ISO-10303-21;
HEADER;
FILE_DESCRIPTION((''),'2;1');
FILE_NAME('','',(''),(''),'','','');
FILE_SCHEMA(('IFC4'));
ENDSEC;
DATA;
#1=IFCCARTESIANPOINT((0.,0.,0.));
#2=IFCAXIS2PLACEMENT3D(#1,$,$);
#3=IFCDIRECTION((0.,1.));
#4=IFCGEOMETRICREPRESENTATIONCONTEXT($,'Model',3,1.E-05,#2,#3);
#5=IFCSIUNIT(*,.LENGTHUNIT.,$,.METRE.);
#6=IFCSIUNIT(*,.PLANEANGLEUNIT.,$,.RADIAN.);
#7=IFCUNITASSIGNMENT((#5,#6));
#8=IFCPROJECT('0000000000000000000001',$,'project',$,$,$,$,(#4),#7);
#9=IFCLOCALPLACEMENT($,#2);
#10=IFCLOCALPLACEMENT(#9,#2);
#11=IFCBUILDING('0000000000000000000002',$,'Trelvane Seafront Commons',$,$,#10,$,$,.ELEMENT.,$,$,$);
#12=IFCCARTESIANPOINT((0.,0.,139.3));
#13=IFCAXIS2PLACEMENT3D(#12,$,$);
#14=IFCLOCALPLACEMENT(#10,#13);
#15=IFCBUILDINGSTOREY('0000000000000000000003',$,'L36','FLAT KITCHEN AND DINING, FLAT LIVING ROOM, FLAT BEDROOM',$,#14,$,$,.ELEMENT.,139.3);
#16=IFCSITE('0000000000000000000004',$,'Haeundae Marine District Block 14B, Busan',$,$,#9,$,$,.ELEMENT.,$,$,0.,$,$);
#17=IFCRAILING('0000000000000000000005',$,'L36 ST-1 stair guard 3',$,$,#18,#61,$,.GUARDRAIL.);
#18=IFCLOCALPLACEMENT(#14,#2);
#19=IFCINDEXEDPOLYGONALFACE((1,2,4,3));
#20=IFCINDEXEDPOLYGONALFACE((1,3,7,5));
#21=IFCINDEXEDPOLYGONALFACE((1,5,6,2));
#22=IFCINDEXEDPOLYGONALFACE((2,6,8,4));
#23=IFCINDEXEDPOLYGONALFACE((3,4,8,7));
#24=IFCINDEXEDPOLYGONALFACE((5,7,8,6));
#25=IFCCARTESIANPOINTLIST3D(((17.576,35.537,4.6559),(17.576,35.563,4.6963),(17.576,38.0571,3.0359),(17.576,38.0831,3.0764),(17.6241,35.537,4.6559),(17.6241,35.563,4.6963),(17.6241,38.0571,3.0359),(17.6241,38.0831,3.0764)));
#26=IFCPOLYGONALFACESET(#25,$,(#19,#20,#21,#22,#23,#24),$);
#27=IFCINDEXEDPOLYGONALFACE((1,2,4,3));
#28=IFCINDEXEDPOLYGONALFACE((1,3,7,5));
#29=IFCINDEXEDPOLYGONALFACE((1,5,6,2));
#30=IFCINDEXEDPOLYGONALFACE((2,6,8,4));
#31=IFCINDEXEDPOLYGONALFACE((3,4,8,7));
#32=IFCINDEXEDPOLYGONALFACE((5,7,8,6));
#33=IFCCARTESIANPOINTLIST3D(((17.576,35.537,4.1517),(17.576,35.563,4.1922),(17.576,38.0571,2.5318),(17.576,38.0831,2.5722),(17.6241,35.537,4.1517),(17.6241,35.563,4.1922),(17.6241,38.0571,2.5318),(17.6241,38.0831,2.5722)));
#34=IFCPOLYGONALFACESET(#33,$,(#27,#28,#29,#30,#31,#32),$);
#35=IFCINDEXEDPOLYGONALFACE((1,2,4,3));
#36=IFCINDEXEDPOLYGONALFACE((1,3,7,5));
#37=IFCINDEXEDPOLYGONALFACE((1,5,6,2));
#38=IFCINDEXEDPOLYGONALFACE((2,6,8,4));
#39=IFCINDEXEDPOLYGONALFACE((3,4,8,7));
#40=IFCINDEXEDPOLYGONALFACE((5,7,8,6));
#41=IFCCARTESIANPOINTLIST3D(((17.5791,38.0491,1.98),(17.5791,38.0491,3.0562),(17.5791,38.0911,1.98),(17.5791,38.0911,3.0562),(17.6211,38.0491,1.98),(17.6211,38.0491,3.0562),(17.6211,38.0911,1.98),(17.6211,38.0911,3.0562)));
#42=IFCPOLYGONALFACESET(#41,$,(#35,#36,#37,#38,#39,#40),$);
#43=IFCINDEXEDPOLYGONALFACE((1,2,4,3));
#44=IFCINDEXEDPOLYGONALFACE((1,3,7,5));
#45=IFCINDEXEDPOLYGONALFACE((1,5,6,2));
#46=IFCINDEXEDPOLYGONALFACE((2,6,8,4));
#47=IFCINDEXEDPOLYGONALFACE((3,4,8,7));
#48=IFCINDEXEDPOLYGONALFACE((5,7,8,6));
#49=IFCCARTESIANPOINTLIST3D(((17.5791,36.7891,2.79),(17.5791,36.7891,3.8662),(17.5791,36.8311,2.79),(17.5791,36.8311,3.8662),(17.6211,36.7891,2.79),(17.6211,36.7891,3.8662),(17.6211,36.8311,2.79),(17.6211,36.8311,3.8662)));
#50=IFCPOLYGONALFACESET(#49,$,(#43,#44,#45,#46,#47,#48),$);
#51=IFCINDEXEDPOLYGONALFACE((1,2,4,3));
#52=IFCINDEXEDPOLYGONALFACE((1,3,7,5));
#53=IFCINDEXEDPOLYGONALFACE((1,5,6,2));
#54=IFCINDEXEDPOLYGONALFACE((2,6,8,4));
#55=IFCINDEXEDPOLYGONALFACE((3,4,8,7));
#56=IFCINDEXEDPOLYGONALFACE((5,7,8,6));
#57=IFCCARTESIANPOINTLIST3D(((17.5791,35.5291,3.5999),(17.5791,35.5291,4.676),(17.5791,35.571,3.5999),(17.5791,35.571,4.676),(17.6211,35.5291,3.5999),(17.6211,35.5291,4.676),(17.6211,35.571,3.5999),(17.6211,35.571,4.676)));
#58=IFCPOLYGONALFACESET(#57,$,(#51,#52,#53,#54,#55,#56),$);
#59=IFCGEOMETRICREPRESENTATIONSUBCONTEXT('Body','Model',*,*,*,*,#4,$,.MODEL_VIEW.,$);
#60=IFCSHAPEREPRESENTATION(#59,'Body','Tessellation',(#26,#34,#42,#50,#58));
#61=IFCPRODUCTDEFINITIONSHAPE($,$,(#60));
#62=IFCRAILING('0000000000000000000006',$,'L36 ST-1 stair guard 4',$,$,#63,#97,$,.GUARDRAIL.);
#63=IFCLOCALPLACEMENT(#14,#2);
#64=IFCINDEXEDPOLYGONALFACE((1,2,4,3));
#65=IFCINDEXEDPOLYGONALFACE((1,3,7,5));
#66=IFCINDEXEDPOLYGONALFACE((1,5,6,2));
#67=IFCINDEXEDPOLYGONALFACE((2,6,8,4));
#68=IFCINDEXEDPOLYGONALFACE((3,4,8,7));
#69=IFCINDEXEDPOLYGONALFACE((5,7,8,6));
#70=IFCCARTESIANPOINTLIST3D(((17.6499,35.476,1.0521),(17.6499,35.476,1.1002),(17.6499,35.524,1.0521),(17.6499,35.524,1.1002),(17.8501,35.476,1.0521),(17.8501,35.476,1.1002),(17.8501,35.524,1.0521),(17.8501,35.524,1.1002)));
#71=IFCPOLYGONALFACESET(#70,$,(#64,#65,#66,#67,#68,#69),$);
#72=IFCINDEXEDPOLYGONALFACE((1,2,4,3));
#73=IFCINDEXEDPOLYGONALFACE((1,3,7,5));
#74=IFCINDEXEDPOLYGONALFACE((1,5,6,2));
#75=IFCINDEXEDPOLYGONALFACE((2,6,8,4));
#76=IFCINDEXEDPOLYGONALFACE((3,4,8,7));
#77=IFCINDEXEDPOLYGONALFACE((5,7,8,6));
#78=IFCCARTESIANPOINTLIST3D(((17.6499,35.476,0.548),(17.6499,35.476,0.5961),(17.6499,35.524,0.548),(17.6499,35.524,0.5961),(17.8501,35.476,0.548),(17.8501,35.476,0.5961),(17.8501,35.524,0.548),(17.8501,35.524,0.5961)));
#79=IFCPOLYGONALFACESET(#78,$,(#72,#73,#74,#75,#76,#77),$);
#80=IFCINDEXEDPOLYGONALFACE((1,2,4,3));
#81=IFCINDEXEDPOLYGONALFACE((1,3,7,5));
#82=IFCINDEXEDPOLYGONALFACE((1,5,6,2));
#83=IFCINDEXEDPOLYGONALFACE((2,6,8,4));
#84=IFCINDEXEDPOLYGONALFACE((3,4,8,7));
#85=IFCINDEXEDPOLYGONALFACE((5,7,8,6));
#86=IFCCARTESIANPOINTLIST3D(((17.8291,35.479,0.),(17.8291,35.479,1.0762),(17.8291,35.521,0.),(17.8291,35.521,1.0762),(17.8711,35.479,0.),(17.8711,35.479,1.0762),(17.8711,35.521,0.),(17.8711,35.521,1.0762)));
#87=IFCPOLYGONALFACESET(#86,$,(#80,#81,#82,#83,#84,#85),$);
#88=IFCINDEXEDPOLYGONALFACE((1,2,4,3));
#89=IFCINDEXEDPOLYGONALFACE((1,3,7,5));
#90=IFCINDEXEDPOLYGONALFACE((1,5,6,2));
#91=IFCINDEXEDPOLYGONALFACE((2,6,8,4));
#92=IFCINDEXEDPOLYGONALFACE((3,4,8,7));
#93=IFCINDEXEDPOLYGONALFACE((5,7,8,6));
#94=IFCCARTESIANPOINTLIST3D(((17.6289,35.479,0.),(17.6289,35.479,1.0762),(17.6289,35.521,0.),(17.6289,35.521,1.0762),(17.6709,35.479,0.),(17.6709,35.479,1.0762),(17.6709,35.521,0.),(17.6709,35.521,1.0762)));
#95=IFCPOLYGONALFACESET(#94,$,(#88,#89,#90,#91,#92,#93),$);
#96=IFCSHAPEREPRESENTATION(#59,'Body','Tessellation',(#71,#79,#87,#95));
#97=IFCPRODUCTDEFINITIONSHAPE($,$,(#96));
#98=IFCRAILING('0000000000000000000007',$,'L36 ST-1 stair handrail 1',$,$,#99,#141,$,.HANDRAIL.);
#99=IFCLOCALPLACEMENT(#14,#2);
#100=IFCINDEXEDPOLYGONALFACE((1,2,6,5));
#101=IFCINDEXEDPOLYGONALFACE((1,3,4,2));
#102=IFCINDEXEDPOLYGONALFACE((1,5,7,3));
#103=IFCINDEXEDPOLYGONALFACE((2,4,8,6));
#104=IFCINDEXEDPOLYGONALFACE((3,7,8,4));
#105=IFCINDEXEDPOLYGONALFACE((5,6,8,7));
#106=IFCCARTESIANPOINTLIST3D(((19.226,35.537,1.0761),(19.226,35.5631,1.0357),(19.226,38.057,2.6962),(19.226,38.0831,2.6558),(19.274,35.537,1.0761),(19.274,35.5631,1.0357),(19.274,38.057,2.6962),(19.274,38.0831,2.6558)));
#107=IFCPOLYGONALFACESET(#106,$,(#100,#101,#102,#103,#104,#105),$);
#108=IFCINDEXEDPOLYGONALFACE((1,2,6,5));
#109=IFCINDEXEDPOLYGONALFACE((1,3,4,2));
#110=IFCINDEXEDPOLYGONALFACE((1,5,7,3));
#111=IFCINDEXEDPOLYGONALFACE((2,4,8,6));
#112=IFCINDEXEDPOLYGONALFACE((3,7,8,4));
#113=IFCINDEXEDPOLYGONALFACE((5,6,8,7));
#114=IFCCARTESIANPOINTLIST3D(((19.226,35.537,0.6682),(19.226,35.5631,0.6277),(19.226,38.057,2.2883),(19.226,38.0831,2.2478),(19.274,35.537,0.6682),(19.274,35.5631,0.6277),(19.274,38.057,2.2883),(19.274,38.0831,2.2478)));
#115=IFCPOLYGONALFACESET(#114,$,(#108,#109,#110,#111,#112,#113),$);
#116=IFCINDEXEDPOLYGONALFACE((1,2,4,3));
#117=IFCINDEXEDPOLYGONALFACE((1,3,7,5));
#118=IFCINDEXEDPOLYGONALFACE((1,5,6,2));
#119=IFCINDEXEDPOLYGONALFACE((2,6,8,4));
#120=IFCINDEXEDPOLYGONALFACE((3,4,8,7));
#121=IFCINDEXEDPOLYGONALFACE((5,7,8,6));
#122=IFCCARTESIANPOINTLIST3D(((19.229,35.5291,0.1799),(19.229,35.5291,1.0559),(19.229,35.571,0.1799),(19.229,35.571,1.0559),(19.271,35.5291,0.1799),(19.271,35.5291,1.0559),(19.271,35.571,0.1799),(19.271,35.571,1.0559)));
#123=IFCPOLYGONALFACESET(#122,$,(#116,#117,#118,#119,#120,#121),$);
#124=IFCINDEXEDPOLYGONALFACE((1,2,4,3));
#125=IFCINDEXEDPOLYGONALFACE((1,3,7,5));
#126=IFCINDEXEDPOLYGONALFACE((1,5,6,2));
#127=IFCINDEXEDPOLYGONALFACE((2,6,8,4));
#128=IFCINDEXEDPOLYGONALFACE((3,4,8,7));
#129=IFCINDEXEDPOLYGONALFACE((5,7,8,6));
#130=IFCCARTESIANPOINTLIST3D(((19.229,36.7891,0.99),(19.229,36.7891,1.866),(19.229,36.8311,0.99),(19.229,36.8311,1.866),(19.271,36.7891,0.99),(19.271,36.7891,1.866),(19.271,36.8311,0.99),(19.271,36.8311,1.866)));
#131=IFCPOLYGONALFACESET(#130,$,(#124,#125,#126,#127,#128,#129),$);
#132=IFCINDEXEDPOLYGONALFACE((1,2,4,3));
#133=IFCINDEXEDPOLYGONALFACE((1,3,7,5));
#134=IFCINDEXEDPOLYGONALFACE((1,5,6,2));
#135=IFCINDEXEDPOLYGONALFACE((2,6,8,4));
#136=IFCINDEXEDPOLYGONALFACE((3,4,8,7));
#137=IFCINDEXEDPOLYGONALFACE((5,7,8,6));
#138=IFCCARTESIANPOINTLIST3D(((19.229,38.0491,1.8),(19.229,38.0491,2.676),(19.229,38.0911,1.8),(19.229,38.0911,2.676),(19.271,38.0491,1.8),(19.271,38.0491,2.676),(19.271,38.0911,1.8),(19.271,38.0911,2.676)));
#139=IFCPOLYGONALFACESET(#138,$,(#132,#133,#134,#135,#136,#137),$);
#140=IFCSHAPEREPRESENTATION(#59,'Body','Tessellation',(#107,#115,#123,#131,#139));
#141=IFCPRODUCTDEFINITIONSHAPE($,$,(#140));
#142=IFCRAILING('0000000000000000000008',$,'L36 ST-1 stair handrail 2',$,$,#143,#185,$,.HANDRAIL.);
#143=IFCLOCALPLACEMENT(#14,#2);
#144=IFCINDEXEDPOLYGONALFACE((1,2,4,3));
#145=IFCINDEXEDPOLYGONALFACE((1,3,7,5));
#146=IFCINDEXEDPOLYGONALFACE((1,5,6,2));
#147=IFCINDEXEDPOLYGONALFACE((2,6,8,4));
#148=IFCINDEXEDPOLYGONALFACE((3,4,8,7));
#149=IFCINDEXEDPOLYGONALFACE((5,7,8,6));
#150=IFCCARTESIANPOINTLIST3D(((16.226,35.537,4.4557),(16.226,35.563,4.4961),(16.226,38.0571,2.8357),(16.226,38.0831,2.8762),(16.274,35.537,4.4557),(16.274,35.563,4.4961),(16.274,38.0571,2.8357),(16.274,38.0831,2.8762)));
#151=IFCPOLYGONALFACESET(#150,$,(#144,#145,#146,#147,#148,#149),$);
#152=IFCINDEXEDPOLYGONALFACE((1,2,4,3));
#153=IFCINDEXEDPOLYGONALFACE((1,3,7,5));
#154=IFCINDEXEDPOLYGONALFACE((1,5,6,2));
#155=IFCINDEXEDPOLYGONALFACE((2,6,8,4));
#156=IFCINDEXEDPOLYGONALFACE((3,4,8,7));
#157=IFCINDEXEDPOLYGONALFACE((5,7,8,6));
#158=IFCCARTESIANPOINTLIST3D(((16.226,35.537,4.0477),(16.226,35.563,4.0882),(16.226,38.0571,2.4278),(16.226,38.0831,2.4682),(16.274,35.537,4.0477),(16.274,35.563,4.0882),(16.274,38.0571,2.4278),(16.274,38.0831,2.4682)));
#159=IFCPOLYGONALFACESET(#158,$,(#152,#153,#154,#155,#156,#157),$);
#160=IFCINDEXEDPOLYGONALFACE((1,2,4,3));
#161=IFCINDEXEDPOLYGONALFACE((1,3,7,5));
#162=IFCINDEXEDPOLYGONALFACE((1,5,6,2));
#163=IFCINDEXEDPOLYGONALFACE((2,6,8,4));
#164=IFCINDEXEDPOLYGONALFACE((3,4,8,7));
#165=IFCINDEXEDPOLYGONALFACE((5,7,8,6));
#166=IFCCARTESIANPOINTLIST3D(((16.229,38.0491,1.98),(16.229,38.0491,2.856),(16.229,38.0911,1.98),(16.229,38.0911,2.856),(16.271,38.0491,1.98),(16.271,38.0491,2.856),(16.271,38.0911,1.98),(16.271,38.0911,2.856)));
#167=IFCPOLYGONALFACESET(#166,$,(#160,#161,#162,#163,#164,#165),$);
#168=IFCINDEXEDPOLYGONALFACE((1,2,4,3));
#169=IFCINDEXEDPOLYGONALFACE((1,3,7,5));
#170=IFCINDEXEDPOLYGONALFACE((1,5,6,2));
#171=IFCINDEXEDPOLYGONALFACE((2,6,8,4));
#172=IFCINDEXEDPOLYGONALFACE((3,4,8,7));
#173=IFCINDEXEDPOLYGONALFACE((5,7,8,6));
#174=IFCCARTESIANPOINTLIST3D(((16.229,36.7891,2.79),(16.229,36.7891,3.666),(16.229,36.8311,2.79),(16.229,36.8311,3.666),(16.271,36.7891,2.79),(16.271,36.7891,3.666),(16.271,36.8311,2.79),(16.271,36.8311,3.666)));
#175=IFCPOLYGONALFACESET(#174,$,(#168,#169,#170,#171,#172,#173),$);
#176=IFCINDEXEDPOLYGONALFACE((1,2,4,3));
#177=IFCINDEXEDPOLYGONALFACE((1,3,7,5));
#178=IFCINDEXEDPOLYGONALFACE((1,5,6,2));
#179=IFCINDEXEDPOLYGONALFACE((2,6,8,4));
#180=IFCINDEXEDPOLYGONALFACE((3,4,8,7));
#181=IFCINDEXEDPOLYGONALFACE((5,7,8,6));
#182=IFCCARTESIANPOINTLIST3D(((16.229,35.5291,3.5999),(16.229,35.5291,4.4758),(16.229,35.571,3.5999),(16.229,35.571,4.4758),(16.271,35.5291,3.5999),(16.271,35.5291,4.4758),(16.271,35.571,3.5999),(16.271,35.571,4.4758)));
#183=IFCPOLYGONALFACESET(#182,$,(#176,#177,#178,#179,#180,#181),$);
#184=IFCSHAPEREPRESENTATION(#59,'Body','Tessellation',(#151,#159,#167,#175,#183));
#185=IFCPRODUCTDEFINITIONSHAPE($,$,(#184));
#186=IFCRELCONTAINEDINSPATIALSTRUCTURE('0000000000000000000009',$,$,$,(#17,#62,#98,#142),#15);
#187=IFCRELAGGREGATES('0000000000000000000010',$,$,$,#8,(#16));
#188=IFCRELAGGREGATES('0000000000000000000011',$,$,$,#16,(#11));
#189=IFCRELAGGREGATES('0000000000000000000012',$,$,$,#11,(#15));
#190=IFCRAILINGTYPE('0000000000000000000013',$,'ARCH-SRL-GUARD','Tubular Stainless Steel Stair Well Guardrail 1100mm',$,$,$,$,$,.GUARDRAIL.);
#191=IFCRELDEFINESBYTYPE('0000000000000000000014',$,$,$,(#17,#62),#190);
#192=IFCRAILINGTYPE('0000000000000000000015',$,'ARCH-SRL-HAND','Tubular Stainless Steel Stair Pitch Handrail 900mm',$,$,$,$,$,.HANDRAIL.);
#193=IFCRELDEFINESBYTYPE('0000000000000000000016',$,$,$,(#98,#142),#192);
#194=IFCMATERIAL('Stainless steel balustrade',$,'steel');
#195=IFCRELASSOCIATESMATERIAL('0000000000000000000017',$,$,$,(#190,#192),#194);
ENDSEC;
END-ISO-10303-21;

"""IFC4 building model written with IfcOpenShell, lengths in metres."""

from ifc_helpers import new_model, si_unit, direction, frame, origin, origin_2d, place, context, subcontext, project, spatial, rectangle, extrude, material, type_object, element, save


model = new_model("IFC4")

# Units and contexts
model_context = context("Model", 3, precision=1e-05, world=origin(), true_north=direction((0.0, 1.0)))
body_context = subcontext(model_context, "Body", "Model", "MODEL_VIEW")
ifc_project = project(units=[si_unit("LENGTHUNIT", "METRE"), si_unit("PLANEANGLEUNIT", "RADIAN")], contexts=[model_context])

# Site, building, storey
site_placement = place(None, origin())
site = spatial("IfcSite", under=ifc_project, at=site_placement, Name="Haeundae Marine District Block 14B, Busan", CompositionType="ELEMENT", RefElevation=0.0)
building_placement = place(site_placement, origin())
building = spatial("IfcBuilding", under=site, at=building_placement, Name="Trelvane Seafront Commons", CompositionType="ELEMENT")
storey_placement = place(building_placement, frame((0.0, 0.0, 139.3)))
storey = spatial("IfcBuildingStorey", under=building, at=storey_placement, Name="L36", Description="FLAT KITCHEN AND DINING, FLAT LIVING ROOM, FLAT BEDROOM", CompositionType="ELEMENT", Elevation=139.3)

# Shared definitions
ifc_material_1 = material(Name="Stainless steel balustrade", Category="steel")

# Railings
railing_type_1 = type_object("IfcRailingType", Name="ARCH-SRL-GUARD", Description="Tubular Stainless Steel Stair Well Guardrail 1100mm", PredefinedType="GUARDRAIL", material=ifc_material_1)
railing_1_placement = place(storey_placement, frame((17.6001, 38.0701, 1.98)))
element("IfcRailing", 1, at=railing_1_placement, inside=storey, type_object=railing_type_1, Name="L36 ST-1 stair guard 3", PredefinedType="GUARDRAIL", context=body_context, shape_type="SweptSolid", body=[
    extrude(rectangle(XDim=0.0481, YDim=0.0481, at=origin_2d()), frame((0.0, 0.0, 1.0762), z_axis=(0.0, -0.8412, 0.540725), x_axis=(1.0, 0.0, 0.0)), (0.0, 0.0, 1.0), 2.9958),
    extrude(rectangle(XDim=0.0481, YDim=0.0481, at=origin_2d()), frame((0.0, 0.0, 0.572), z_axis=(0.0, -0.8412, 0.540725), x_axis=(1.0, 0.0, 0.0)), (0.0, 0.0, 1.0), 2.9958),
    extrude(rectangle(XDim=0.042, YDim=0.042, at=origin_2d()), origin(), (0.0, 0.0, 1.0), 1.0762),
    extrude(rectangle(XDim=0.042, YDim=0.042, at=origin_2d()), frame((0.0, -1.26, 0.8101)), (0.0, 0.0, 1.0), 1.0762),
    extrude(rectangle(XDim=0.042, YDim=0.042, at=origin_2d()), frame((0.0, -2.52, 1.6199)), (0.0, 0.0, 1.0), 1.0762),
])
railing_2_placement = place(storey_placement, frame((17.8501, 35.5, 0.0)))
element("IfcRailing", 2, at=railing_2_placement, inside=storey, type_object=railing_type_1, Name="L36 ST-1 stair guard 4", PredefinedType="GUARDRAIL", context=body_context, shape_type="SweptSolid", body=[
    extrude(rectangle(XDim=0.0481, YDim=0.0481, at=origin_2d()), frame((0.0, 0.0, 1.0762), z_axis=(-1.0, 0.0, 0.0), x_axis=(0.0, -1.0, 0.0)), (0.0, 0.0, 1.0), 0.2002),
    extrude(rectangle(XDim=0.0481, YDim=0.0481, at=origin_2d()), frame((0.0, 0.0, 0.572), z_axis=(-1.0, 0.0, 0.0), x_axis=(0.0, -1.0, 0.0)), (0.0, 0.0, 1.0), 0.2002),
    extrude(rectangle(XDim=0.042, YDim=0.042, at=origin_2d()), origin(), (0.0, 0.0, 1.0), 1.0762),
    extrude(rectangle(XDim=0.042, YDim=0.042, at=origin_2d()), frame((-0.2002, 0.0, 0.0)), (0.0, 0.0, 1.0), 1.0762),
])
railing_type_2 = type_object("IfcRailingType", Name="ARCH-SRL-HAND", Description="Tubular Stainless Steel Stair Pitch Handrail 900mm", PredefinedType="HANDRAIL", material=ifc_material_1)
railing_3_placement = place(storey_placement, frame((19.25, 35.55, 0.1799)))
element("IfcRailing", 3, at=railing_3_placement, inside=storey, type_object=railing_type_2, Name="L36 ST-1 stair handrail 1", PredefinedType="HANDRAIL", context=body_context, shape_type="SweptSolid", body=[
    extrude(rectangle(XDim=0.0481, YDim=0.0481, at=origin_2d()), frame((0.0, 0.0, 0.876), z_axis=(0.0, 0.841163, 0.540782), x_axis=(-1.0, 0.0, 0.0)), (0.0, 0.0, 1.0), 2.9958),
    extrude(rectangle(XDim=0.0481, YDim=0.0481, at=origin_2d()), frame((0.0, 0.0, 0.468), z_axis=(0.0, 0.841163, 0.540782), x_axis=(-1.0, 0.0, 0.0)), (0.0, 0.0, 1.0), 2.9958),
    extrude(rectangle(XDim=0.042, YDim=0.042, at=origin_2d()), origin(), (0.0, 0.0, 1.0), 0.876),
    extrude(rectangle(XDim=0.042, YDim=0.042, at=origin_2d()), frame((0.0, 1.26, 0.8101)), (0.0, 0.0, 1.0), 0.876),
    extrude(rectangle(XDim=0.042, YDim=0.042, at=origin_2d()), frame((0.0, 2.52, 1.6201)), (0.0, 0.0, 1.0), 0.876),
])
railing_4_placement = place(storey_placement, frame((16.25, 38.0701, 1.98)))
element("IfcRailing", 4, at=railing_4_placement, inside=storey, type_object=railing_type_2, Name="L36 ST-1 stair handrail 2", PredefinedType="HANDRAIL", context=body_context, shape_type="SweptSolid", body=[
    extrude(rectangle(XDim=0.0481, YDim=0.0481, at=origin_2d()), frame((0.0, 0.0, 0.876), z_axis=(0.0, -0.8412, 0.540725), x_axis=(1.0, 0.0, 0.0)), (0.0, 0.0, 1.0), 2.9958),
    extrude(rectangle(XDim=0.0481, YDim=0.0481, at=origin_2d()), frame((0.0, 0.0, 0.468), z_axis=(0.0, -0.8412, 0.540725), x_axis=(1.0, 0.0, 0.0)), (0.0, 0.0, 1.0), 2.9958),
    extrude(rectangle(XDim=0.042, YDim=0.042, at=origin_2d()), origin(), (0.0, 0.0, 1.0), 0.876),
    extrude(rectangle(XDim=0.042, YDim=0.042, at=origin_2d()), frame((0.0, -1.26, 0.8101)), (0.0, 0.0, 1.0), 0.876),
    extrude(rectangle(XDim=0.042, YDim=0.042, at=origin_2d()), frame((0.0, -2.52, 1.6199)), (0.0, 0.0, 1.0), 0.876),
])

save(model, "model.ifc")
